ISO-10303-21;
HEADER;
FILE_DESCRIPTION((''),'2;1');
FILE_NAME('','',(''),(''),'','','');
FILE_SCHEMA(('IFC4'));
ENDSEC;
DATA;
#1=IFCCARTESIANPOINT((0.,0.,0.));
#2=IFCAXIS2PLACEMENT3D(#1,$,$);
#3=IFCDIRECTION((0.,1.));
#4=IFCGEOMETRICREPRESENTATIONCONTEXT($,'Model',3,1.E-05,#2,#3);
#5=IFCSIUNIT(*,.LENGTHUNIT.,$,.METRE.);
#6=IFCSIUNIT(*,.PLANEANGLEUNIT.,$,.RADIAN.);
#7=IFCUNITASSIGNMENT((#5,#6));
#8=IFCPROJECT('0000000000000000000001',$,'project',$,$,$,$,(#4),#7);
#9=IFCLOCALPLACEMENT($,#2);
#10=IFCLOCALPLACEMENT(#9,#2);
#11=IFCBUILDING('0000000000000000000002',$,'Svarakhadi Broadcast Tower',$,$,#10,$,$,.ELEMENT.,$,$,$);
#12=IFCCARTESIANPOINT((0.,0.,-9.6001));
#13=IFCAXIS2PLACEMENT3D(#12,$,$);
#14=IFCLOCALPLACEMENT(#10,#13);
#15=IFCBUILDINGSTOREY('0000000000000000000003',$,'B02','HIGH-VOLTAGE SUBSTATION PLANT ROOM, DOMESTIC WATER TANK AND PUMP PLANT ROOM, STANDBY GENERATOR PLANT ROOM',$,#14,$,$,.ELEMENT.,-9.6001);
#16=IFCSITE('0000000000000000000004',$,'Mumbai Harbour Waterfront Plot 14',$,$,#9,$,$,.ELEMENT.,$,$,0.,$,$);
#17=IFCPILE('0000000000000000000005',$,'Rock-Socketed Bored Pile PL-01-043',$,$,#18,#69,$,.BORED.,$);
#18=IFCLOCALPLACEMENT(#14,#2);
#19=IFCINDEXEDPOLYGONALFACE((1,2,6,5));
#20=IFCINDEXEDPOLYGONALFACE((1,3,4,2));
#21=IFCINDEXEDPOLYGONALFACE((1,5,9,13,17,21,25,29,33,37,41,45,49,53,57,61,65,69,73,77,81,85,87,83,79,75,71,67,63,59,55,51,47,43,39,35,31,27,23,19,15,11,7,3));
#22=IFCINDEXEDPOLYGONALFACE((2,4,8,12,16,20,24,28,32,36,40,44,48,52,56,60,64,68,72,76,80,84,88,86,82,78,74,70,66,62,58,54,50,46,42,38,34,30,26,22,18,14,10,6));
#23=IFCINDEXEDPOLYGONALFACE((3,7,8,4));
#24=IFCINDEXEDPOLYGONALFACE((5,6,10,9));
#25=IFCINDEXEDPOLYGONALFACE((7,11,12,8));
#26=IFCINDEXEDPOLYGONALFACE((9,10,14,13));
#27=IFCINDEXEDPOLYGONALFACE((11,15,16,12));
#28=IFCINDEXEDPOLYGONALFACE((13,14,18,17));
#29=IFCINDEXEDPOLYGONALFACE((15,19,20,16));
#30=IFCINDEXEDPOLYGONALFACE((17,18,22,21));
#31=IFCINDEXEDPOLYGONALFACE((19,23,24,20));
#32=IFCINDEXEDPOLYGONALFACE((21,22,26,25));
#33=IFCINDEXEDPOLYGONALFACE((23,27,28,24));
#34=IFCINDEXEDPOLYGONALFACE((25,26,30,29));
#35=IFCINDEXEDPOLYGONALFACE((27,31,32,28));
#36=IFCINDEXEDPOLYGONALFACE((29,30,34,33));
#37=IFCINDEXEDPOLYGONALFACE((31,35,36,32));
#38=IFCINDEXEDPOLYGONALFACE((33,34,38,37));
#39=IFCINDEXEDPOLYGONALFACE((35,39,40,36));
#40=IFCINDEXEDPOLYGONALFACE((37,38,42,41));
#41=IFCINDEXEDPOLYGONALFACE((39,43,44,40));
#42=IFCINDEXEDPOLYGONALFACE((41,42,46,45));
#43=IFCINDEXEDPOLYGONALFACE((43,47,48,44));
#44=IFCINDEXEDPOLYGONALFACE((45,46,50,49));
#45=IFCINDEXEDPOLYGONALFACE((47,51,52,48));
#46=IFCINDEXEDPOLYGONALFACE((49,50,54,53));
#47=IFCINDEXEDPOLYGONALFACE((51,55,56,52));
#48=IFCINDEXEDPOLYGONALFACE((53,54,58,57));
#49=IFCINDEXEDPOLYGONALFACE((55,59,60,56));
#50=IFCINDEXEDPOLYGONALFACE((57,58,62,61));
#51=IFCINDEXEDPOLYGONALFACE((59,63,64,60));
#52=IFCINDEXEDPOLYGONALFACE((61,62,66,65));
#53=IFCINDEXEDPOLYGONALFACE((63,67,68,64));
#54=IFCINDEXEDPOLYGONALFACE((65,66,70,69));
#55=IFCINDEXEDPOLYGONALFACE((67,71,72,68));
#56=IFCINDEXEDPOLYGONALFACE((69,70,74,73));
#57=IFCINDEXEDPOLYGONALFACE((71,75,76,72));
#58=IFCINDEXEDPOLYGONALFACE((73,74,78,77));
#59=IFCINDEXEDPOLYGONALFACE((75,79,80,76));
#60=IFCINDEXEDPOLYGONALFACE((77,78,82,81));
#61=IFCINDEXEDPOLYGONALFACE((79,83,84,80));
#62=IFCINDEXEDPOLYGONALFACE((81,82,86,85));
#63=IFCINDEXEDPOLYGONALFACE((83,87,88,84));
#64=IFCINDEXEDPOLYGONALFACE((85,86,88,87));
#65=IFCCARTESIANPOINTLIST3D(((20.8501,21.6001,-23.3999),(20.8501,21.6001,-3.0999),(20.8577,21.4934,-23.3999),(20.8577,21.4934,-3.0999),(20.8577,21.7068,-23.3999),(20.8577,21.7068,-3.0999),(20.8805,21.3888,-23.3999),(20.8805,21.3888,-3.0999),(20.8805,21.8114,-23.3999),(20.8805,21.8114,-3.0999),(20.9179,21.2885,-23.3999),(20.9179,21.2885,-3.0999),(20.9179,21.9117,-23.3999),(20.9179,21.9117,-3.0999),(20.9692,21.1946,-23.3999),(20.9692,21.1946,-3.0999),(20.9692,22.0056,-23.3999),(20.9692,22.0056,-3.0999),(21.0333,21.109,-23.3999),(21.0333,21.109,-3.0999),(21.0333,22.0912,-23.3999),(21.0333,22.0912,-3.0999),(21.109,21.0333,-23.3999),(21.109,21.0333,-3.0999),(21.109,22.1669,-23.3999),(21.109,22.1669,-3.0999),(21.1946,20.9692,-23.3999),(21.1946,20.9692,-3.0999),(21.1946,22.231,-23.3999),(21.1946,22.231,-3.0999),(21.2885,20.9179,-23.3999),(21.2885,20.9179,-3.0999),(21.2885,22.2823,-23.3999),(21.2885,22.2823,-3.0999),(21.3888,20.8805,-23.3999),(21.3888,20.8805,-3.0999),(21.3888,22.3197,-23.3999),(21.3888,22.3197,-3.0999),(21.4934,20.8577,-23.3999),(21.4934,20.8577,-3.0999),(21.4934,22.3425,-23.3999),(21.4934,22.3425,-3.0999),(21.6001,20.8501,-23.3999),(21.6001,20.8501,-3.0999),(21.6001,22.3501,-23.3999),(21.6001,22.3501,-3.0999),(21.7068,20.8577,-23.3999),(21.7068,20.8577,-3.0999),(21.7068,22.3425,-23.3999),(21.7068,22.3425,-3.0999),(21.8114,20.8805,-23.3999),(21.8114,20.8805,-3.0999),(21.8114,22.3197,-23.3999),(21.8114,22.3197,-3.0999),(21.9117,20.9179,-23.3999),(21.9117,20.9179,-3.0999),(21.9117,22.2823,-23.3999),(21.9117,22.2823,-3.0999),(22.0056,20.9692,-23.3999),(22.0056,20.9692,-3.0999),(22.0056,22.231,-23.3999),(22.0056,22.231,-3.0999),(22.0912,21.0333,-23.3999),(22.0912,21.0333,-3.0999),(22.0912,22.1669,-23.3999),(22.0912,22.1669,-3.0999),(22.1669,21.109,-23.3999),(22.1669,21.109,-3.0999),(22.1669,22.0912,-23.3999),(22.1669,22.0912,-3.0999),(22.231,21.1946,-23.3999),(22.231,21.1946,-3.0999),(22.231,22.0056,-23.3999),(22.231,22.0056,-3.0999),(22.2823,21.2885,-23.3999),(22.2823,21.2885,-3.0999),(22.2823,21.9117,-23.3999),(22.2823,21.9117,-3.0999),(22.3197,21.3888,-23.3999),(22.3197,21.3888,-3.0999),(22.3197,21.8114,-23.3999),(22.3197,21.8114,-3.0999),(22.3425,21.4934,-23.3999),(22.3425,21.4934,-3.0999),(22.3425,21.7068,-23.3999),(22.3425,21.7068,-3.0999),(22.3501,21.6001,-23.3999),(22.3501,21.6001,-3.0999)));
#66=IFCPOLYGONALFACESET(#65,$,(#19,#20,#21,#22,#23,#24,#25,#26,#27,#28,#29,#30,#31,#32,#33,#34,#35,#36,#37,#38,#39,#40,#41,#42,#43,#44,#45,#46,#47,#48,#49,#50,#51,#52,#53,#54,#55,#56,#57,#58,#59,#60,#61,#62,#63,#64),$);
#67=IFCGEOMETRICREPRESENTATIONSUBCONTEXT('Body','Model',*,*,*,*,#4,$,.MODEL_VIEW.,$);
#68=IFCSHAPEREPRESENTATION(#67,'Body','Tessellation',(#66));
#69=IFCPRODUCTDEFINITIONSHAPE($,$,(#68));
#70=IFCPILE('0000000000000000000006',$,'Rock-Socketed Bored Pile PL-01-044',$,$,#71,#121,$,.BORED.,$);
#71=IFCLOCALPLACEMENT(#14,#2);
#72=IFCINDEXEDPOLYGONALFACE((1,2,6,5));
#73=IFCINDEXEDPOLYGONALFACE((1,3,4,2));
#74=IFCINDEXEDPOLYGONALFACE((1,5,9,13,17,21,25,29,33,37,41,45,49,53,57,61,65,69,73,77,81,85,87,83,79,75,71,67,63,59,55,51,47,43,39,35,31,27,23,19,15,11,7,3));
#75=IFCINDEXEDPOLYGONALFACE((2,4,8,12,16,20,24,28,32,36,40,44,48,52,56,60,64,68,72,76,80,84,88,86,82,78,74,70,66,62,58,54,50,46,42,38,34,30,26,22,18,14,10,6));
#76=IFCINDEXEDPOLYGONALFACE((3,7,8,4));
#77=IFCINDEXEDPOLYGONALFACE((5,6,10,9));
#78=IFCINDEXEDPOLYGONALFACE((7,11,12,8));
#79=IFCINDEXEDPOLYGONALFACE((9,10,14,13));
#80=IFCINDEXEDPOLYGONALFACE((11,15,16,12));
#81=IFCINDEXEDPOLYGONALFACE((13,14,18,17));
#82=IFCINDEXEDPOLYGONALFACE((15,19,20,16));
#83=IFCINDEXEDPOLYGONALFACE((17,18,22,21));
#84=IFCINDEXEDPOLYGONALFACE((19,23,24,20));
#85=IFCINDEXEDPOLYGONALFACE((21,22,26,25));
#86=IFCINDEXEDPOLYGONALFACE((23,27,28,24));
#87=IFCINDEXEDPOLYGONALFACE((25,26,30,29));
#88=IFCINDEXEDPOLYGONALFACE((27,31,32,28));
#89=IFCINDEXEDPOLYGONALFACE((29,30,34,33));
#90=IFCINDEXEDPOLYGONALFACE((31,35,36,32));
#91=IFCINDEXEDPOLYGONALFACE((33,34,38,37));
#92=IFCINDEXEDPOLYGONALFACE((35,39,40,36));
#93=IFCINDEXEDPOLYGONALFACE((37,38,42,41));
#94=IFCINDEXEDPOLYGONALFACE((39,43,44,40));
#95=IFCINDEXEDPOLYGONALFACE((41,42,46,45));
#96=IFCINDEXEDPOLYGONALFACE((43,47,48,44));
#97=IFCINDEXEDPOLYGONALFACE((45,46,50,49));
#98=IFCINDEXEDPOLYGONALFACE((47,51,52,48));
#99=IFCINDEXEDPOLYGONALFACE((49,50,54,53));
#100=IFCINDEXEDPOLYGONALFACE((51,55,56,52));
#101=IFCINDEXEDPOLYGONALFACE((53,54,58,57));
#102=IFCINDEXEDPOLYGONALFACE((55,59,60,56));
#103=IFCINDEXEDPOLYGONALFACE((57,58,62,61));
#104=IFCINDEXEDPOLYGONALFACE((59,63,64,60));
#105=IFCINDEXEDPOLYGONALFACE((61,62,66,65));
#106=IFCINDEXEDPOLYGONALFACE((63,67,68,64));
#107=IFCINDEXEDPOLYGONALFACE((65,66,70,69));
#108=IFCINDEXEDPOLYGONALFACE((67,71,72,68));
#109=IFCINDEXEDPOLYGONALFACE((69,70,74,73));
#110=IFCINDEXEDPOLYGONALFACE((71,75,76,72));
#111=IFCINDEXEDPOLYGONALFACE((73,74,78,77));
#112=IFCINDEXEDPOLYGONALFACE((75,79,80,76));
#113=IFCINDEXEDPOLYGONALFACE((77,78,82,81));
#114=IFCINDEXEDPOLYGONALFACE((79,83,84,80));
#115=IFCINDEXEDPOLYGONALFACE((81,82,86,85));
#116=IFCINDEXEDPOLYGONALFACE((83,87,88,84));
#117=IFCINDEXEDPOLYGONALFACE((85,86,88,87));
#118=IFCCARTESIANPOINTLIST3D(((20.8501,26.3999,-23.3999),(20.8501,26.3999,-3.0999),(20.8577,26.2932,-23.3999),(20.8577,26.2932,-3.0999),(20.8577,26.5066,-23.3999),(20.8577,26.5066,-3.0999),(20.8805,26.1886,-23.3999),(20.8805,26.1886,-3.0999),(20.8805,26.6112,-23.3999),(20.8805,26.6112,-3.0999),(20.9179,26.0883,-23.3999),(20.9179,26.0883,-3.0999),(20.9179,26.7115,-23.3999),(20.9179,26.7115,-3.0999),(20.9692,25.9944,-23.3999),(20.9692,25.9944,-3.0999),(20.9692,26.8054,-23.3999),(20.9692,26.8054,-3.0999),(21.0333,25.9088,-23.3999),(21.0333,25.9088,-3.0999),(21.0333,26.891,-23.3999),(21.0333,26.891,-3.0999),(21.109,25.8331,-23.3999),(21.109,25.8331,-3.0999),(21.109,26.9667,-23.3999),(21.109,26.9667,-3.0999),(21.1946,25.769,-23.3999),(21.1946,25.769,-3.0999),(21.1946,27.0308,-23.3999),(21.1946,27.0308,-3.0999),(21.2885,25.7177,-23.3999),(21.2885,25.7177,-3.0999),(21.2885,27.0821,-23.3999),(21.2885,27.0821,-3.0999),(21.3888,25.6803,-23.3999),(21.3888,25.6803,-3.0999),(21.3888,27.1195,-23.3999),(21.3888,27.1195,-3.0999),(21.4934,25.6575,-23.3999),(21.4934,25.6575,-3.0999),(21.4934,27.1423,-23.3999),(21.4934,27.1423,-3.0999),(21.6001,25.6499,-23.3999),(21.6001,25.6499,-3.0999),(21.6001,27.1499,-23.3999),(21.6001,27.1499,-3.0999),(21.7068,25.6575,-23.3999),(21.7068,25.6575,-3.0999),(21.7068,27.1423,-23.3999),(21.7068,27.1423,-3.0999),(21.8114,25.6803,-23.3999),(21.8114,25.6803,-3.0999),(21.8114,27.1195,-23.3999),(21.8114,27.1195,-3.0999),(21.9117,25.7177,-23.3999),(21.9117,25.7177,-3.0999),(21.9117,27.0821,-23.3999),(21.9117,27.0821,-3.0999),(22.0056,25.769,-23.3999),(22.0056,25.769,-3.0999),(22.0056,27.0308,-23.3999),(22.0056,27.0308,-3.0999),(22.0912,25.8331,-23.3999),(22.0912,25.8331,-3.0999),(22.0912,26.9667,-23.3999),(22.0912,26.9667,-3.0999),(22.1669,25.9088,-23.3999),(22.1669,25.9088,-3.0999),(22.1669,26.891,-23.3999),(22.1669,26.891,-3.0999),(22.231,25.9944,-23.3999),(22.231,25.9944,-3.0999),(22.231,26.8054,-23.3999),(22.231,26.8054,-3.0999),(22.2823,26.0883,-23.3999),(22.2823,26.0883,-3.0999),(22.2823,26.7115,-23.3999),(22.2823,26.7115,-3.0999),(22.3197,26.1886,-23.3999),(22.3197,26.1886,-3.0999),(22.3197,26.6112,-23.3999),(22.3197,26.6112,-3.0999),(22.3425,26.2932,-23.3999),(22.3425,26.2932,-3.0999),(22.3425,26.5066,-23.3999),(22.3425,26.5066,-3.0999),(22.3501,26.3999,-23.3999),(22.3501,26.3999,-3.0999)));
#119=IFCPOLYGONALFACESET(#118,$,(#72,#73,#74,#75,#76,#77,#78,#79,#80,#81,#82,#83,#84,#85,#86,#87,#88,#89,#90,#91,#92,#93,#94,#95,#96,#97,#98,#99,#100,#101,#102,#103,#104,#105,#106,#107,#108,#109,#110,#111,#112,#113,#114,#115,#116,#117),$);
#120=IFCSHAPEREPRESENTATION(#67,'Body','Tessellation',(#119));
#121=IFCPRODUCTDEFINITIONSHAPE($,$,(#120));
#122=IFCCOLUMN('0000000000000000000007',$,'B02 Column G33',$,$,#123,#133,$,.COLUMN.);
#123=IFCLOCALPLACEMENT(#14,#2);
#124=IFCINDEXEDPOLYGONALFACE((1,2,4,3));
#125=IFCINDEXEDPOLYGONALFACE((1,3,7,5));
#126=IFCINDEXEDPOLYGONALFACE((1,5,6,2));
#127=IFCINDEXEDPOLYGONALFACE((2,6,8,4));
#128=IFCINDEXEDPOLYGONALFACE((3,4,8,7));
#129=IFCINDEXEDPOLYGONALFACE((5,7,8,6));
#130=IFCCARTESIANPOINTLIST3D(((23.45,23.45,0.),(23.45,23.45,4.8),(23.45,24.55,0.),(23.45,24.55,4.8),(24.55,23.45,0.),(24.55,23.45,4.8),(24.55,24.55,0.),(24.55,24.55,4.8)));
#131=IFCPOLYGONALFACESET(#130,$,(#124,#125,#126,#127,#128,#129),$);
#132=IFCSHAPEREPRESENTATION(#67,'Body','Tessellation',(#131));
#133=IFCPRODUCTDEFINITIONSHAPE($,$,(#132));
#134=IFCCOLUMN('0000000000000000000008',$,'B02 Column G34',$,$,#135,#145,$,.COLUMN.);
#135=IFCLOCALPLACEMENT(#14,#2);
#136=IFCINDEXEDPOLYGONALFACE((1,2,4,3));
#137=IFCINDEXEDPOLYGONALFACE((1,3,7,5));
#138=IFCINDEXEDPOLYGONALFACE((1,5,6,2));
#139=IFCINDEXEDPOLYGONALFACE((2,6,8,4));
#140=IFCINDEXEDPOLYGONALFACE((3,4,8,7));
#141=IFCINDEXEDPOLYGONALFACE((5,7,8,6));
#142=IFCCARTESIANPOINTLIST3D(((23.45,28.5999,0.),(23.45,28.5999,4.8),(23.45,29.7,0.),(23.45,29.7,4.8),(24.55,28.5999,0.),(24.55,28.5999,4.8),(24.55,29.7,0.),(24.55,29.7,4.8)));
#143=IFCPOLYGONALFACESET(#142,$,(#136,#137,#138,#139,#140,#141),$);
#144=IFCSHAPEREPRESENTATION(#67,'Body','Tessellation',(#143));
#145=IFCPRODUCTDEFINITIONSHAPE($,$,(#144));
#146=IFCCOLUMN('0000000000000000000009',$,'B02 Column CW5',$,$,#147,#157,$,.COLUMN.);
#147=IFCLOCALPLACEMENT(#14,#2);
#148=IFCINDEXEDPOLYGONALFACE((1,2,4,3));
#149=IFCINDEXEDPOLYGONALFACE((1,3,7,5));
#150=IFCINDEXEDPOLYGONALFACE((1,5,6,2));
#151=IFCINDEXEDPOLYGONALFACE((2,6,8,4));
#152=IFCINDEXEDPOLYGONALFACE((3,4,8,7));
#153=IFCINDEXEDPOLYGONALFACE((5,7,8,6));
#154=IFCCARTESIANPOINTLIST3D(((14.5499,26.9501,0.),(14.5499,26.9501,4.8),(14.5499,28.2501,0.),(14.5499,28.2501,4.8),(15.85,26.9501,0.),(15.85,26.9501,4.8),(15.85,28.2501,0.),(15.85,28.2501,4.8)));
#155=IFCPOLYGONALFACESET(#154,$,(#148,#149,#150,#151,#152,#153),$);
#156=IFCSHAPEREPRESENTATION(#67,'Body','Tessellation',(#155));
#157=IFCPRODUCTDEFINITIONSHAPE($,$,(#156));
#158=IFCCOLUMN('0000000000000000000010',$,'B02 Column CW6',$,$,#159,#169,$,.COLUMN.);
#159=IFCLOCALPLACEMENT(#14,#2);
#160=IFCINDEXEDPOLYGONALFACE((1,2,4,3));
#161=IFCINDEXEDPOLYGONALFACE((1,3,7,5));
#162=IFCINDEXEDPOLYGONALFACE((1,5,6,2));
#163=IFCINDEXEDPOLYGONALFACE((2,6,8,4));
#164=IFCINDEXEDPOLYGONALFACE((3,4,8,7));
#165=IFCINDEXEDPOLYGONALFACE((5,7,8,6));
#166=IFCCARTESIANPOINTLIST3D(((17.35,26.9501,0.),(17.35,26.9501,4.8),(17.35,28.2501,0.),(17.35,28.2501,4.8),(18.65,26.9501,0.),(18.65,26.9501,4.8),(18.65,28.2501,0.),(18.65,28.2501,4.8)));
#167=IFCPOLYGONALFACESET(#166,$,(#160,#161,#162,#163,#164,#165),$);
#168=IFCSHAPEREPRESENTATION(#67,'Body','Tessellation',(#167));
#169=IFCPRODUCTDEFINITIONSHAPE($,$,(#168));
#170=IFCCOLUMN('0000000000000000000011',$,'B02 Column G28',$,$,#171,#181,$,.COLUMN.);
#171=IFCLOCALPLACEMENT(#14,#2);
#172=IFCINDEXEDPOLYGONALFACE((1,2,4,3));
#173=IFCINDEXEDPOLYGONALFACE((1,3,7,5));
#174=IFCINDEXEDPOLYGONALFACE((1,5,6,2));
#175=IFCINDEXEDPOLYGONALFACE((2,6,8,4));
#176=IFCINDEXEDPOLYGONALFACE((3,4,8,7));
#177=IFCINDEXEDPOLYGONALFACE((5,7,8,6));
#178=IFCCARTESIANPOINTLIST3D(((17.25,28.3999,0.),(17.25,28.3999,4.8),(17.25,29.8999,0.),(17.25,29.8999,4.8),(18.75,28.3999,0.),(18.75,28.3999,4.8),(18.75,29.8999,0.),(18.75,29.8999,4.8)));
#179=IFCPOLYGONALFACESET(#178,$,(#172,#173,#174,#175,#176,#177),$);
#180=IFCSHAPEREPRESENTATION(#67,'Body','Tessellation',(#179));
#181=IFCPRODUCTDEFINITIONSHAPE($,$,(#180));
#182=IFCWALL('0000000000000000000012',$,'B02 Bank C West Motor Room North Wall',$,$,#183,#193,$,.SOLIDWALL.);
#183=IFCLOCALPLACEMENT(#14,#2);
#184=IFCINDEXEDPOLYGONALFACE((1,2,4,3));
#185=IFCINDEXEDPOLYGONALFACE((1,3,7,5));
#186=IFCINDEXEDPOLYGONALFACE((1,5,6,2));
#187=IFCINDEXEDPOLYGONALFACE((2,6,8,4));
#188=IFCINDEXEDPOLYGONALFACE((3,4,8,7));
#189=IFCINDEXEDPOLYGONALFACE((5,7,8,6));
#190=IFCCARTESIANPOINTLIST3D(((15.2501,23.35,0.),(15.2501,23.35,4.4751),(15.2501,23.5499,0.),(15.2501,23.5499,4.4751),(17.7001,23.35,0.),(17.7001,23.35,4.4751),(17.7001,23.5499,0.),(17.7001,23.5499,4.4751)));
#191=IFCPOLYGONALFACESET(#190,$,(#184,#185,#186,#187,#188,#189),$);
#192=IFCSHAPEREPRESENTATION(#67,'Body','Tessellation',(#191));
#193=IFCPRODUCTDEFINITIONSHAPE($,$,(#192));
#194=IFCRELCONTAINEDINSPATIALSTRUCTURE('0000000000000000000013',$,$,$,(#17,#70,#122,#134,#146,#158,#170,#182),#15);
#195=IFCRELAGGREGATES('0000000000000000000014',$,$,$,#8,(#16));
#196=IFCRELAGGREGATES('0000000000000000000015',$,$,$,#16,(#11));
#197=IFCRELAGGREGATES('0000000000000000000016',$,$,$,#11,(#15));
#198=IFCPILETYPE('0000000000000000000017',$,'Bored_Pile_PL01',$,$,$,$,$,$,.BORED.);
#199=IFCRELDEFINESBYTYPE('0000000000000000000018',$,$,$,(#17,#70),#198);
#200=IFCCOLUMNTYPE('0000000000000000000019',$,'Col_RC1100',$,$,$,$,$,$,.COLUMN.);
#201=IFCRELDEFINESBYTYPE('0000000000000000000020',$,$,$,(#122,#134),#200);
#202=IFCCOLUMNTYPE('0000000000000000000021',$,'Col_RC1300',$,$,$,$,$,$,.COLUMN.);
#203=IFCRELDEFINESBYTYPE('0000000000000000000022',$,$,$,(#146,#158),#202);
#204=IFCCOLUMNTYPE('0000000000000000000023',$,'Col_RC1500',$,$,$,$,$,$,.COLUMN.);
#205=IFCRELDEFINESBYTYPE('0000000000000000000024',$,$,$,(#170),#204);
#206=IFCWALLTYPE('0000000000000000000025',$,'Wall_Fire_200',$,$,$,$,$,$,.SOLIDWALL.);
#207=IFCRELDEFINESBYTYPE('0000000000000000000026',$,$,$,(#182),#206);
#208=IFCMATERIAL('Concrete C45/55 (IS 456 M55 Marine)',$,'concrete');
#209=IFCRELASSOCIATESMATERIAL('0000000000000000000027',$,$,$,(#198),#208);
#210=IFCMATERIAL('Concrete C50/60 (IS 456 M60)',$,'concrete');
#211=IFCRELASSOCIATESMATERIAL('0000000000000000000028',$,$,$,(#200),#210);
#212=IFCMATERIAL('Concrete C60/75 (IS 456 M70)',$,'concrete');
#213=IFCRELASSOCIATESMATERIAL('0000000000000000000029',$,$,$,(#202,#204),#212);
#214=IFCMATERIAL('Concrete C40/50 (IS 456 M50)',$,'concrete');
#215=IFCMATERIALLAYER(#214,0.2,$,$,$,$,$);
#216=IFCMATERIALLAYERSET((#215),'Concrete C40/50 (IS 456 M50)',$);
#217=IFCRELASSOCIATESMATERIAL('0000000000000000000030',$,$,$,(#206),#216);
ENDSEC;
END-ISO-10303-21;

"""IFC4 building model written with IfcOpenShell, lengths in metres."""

from ifc_helpers import new_model, si_unit, direction, frame, frame_2d, origin, origin_2d, place, context, subcontext, project, spatial, rectangle, circle, extrude, material, layer, layer_set, material_profile, profile_set, type_object, element, save


model = new_model("IFC4")

# Units and contexts
model_context = context("Model", 3, precision=1e-05, world=origin(), true_north=direction((0.0, 1.0)))
body_context = subcontext(model_context, "Body", "Model", "MODEL_VIEW")
ifc_project = project(units=[si_unit("LENGTHUNIT", "METRE"), si_unit("PLANEANGLEUNIT", "RADIAN")], contexts=[model_context])

# Site, building, storey
site_placement = place(None, origin())
site = spatial("IfcSite", under=ifc_project, at=site_placement, Name="Mumbai Harbour Waterfront Plot 14", CompositionType="ELEMENT", RefElevation=0.0)
building_placement = place(site_placement, origin())
building = spatial("IfcBuilding", under=site, at=building_placement, Name="Svarakhadi Broadcast Tower", CompositionType="ELEMENT")
storey_placement = place(building_placement, frame((0.0, 0.0, -9.6001)))
storey = spatial("IfcBuildingStorey", under=building, at=storey_placement, Name="B02", Description="HIGH-VOLTAGE SUBSTATION PLANT ROOM, DOMESTIC WATER TANK AND PUMP PLANT ROOM, STANDBY GENERATOR PLANT ROOM", CompositionType="ELEMENT", Elevation=-9.6001)

# Piles
ifc_material_1 = material(Name="Concrete C45/55 (IS 456 M55 Marine)", Category="concrete")
ifc_material_profile_1 = material_profile(ifc_material_1, circle(Radius=0.75, at=origin_2d()), Name="PILE D1500")
ifc_profile_set_1 = profile_set([ifc_material_profile_1], Name="Concrete C45/55 (IS 456 M55 Marine)")
pile_type = type_object("IfcPileType", Name="Bored_Pile_PL01", PredefinedType="BORED", material=ifc_profile_set_1)
for number, where, z_axis, x_axis, name in (
    (1, (21.6001, 21.6001, -3.0999), (0.0, 0.0, -1.0), (1.0, 0.0, 0.0), "Rock-Socketed Bored Pile PL-01-043"),
    (2, (21.6001, 26.3999, -3.0999), (0.0, 0.0, -1.0), (1.0, 0.0, 0.0), "Rock-Socketed Bored Pile PL-01-044"),
):
    element("IfcPile", number, at=place(storey_placement, frame(where, z_axis=z_axis, x_axis=x_axis)), inside=storey, type_object=pile_type, Name=name, PredefinedType="BORED", context=body_context, shape_type="SweptSolid", body=[
        extrude(circle(Radius=0.75, at=origin_2d()), origin(), (0.0, 0.0, 1.0), 20.3),
    ])

# Columns
ifc_material_2 = material(Name="Concrete C50/60 (IS 456 M60)", Category="concrete")
ifc_material_profile_2 = material_profile(ifc_material_2, rectangle(XDim=1.1001, YDim=1.1001, at=origin_2d()), Name="RC 1100x1100")
ifc_profile_set_2 = profile_set([ifc_material_profile_2], Name="Concrete C50/60 (IS 456 M60)")
column_type_1 = type_object("IfcColumnType", Name="Col_RC1100", PredefinedType="COLUMN", material=ifc_profile_set_2)
for number, where, z_axis, x_axis, name in (
    (3, (24.0, 24.0, 0.0), (0.0, 0.0, 1.0), (1.0, 0.0, 0.0), "B02 Column G33"),
    (4, (24.0, 29.1499, 0.0), (0.0, 0.0, 1.0), (1.0, 0.0, 0.0), "B02 Column G34"),
):
    element("IfcColumn", number, at=place(storey_placement, frame(where, z_axis=z_axis, x_axis=x_axis)), inside=storey, type_object=column_type_1, Name=name, PredefinedType="COLUMN", context=body_context, shape_type="SweptSolid", body=[
        extrude(rectangle(XDim=1.1001, YDim=1.1001, at=origin_2d()), origin(), (0.0, 0.0, 1.0), 4.8),
    ])
ifc_material_3 = material(Name="Concrete C60/75 (IS 456 M70)", Category="concrete")
ifc_material_profile_3 = material_profile(ifc_material_3, rectangle(XDim=1.3, YDim=1.3, at=origin_2d()), Name="RC 1300x1300")
ifc_profile_set_3 = profile_set([ifc_material_profile_3], Name="Concrete C60/75 (IS 456 M70)")
column_type_2 = type_object("IfcColumnType", Name="Col_RC1300", PredefinedType="COLUMN", material=ifc_profile_set_3)
for number, where, z_axis, x_axis, name in (
    (5, (15.2, 27.6001, 0.0), (0.0, 0.0, 1.0), (1.0, 0.0, 0.0), "B02 Column CW5"),
    (6, (18.0, 27.6001, 0.0), (0.0, 0.0, 1.0), (1.0, 0.0, 0.0), "B02 Column CW6"),
):
    element("IfcColumn", number, at=place(storey_placement, frame(where, z_axis=z_axis, x_axis=x_axis)), inside=storey, type_object=column_type_2, Name=name, PredefinedType="COLUMN", context=body_context, shape_type="SweptSolid", body=[
        extrude(rectangle(XDim=1.3, YDim=1.3, at=origin_2d()), origin(), (0.0, 0.0, 1.0), 4.8),
    ])
ifc_material_profile_4 = material_profile(ifc_material_3, rectangle(XDim=1.5, YDim=1.5, at=origin_2d()), Name="RC 1500x1500")
ifc_profile_set_4 = profile_set([ifc_material_profile_4], Name="Concrete C60/75 (IS 456 M70)")
column_type_3 = type_object("IfcColumnType", Name="Col_RC1500", PredefinedType="COLUMN", material=ifc_profile_set_4)
column_placement = place(storey_placement, frame((18.0, 29.1499, 0.0), z_axis=(0.0, 0.0, 1.0), x_axis=(1.0, 0.0, 0.0)))
element("IfcColumn", 7, at=column_placement, inside=storey, type_object=column_type_3, Name="B02 Column G28", PredefinedType="COLUMN", context=body_context, shape_type="SweptSolid", body=[
    extrude(rectangle(XDim=1.5, YDim=1.5, at=origin_2d()), origin(), (0.0, 0.0, 1.0), 4.8),
])

# Wall
ifc_material_4 = material(Name="Concrete C40/50 (IS 456 M50)", Category="concrete")
ifc_layer_1 = layer(ifc_material_4, 0.2)
ifc_layer_set_1 = layer_set([ifc_layer_1], Name="Concrete C40/50 (IS 456 M50)")
wall_type_1 = type_object("IfcWallType", Name="Wall_Fire_200", PredefinedType="SOLIDWALL", material=ifc_layer_set_1)
wall_1_placement = place(storey_placement, frame((15.25, 23.45, 0.0), z_axis=(0.0, 0.0, 1.0), x_axis=(1.0, 0.0, 0.0)))
element("IfcWall", 8, at=wall_1_placement, inside=storey, type_object=wall_type_1, Name="B02 Bank C West Motor Room North Wall", PredefinedType="SOLIDWALL", context=body_context, shape_type="SweptSolid", body=[
    extrude(rectangle(XDim=2.45, YDim=0.2, at=frame_2d((1.2251, 0.0))), origin(), (0.0, 0.0, 1.0), 4.4751),
])

save(model, "model.ifc")
